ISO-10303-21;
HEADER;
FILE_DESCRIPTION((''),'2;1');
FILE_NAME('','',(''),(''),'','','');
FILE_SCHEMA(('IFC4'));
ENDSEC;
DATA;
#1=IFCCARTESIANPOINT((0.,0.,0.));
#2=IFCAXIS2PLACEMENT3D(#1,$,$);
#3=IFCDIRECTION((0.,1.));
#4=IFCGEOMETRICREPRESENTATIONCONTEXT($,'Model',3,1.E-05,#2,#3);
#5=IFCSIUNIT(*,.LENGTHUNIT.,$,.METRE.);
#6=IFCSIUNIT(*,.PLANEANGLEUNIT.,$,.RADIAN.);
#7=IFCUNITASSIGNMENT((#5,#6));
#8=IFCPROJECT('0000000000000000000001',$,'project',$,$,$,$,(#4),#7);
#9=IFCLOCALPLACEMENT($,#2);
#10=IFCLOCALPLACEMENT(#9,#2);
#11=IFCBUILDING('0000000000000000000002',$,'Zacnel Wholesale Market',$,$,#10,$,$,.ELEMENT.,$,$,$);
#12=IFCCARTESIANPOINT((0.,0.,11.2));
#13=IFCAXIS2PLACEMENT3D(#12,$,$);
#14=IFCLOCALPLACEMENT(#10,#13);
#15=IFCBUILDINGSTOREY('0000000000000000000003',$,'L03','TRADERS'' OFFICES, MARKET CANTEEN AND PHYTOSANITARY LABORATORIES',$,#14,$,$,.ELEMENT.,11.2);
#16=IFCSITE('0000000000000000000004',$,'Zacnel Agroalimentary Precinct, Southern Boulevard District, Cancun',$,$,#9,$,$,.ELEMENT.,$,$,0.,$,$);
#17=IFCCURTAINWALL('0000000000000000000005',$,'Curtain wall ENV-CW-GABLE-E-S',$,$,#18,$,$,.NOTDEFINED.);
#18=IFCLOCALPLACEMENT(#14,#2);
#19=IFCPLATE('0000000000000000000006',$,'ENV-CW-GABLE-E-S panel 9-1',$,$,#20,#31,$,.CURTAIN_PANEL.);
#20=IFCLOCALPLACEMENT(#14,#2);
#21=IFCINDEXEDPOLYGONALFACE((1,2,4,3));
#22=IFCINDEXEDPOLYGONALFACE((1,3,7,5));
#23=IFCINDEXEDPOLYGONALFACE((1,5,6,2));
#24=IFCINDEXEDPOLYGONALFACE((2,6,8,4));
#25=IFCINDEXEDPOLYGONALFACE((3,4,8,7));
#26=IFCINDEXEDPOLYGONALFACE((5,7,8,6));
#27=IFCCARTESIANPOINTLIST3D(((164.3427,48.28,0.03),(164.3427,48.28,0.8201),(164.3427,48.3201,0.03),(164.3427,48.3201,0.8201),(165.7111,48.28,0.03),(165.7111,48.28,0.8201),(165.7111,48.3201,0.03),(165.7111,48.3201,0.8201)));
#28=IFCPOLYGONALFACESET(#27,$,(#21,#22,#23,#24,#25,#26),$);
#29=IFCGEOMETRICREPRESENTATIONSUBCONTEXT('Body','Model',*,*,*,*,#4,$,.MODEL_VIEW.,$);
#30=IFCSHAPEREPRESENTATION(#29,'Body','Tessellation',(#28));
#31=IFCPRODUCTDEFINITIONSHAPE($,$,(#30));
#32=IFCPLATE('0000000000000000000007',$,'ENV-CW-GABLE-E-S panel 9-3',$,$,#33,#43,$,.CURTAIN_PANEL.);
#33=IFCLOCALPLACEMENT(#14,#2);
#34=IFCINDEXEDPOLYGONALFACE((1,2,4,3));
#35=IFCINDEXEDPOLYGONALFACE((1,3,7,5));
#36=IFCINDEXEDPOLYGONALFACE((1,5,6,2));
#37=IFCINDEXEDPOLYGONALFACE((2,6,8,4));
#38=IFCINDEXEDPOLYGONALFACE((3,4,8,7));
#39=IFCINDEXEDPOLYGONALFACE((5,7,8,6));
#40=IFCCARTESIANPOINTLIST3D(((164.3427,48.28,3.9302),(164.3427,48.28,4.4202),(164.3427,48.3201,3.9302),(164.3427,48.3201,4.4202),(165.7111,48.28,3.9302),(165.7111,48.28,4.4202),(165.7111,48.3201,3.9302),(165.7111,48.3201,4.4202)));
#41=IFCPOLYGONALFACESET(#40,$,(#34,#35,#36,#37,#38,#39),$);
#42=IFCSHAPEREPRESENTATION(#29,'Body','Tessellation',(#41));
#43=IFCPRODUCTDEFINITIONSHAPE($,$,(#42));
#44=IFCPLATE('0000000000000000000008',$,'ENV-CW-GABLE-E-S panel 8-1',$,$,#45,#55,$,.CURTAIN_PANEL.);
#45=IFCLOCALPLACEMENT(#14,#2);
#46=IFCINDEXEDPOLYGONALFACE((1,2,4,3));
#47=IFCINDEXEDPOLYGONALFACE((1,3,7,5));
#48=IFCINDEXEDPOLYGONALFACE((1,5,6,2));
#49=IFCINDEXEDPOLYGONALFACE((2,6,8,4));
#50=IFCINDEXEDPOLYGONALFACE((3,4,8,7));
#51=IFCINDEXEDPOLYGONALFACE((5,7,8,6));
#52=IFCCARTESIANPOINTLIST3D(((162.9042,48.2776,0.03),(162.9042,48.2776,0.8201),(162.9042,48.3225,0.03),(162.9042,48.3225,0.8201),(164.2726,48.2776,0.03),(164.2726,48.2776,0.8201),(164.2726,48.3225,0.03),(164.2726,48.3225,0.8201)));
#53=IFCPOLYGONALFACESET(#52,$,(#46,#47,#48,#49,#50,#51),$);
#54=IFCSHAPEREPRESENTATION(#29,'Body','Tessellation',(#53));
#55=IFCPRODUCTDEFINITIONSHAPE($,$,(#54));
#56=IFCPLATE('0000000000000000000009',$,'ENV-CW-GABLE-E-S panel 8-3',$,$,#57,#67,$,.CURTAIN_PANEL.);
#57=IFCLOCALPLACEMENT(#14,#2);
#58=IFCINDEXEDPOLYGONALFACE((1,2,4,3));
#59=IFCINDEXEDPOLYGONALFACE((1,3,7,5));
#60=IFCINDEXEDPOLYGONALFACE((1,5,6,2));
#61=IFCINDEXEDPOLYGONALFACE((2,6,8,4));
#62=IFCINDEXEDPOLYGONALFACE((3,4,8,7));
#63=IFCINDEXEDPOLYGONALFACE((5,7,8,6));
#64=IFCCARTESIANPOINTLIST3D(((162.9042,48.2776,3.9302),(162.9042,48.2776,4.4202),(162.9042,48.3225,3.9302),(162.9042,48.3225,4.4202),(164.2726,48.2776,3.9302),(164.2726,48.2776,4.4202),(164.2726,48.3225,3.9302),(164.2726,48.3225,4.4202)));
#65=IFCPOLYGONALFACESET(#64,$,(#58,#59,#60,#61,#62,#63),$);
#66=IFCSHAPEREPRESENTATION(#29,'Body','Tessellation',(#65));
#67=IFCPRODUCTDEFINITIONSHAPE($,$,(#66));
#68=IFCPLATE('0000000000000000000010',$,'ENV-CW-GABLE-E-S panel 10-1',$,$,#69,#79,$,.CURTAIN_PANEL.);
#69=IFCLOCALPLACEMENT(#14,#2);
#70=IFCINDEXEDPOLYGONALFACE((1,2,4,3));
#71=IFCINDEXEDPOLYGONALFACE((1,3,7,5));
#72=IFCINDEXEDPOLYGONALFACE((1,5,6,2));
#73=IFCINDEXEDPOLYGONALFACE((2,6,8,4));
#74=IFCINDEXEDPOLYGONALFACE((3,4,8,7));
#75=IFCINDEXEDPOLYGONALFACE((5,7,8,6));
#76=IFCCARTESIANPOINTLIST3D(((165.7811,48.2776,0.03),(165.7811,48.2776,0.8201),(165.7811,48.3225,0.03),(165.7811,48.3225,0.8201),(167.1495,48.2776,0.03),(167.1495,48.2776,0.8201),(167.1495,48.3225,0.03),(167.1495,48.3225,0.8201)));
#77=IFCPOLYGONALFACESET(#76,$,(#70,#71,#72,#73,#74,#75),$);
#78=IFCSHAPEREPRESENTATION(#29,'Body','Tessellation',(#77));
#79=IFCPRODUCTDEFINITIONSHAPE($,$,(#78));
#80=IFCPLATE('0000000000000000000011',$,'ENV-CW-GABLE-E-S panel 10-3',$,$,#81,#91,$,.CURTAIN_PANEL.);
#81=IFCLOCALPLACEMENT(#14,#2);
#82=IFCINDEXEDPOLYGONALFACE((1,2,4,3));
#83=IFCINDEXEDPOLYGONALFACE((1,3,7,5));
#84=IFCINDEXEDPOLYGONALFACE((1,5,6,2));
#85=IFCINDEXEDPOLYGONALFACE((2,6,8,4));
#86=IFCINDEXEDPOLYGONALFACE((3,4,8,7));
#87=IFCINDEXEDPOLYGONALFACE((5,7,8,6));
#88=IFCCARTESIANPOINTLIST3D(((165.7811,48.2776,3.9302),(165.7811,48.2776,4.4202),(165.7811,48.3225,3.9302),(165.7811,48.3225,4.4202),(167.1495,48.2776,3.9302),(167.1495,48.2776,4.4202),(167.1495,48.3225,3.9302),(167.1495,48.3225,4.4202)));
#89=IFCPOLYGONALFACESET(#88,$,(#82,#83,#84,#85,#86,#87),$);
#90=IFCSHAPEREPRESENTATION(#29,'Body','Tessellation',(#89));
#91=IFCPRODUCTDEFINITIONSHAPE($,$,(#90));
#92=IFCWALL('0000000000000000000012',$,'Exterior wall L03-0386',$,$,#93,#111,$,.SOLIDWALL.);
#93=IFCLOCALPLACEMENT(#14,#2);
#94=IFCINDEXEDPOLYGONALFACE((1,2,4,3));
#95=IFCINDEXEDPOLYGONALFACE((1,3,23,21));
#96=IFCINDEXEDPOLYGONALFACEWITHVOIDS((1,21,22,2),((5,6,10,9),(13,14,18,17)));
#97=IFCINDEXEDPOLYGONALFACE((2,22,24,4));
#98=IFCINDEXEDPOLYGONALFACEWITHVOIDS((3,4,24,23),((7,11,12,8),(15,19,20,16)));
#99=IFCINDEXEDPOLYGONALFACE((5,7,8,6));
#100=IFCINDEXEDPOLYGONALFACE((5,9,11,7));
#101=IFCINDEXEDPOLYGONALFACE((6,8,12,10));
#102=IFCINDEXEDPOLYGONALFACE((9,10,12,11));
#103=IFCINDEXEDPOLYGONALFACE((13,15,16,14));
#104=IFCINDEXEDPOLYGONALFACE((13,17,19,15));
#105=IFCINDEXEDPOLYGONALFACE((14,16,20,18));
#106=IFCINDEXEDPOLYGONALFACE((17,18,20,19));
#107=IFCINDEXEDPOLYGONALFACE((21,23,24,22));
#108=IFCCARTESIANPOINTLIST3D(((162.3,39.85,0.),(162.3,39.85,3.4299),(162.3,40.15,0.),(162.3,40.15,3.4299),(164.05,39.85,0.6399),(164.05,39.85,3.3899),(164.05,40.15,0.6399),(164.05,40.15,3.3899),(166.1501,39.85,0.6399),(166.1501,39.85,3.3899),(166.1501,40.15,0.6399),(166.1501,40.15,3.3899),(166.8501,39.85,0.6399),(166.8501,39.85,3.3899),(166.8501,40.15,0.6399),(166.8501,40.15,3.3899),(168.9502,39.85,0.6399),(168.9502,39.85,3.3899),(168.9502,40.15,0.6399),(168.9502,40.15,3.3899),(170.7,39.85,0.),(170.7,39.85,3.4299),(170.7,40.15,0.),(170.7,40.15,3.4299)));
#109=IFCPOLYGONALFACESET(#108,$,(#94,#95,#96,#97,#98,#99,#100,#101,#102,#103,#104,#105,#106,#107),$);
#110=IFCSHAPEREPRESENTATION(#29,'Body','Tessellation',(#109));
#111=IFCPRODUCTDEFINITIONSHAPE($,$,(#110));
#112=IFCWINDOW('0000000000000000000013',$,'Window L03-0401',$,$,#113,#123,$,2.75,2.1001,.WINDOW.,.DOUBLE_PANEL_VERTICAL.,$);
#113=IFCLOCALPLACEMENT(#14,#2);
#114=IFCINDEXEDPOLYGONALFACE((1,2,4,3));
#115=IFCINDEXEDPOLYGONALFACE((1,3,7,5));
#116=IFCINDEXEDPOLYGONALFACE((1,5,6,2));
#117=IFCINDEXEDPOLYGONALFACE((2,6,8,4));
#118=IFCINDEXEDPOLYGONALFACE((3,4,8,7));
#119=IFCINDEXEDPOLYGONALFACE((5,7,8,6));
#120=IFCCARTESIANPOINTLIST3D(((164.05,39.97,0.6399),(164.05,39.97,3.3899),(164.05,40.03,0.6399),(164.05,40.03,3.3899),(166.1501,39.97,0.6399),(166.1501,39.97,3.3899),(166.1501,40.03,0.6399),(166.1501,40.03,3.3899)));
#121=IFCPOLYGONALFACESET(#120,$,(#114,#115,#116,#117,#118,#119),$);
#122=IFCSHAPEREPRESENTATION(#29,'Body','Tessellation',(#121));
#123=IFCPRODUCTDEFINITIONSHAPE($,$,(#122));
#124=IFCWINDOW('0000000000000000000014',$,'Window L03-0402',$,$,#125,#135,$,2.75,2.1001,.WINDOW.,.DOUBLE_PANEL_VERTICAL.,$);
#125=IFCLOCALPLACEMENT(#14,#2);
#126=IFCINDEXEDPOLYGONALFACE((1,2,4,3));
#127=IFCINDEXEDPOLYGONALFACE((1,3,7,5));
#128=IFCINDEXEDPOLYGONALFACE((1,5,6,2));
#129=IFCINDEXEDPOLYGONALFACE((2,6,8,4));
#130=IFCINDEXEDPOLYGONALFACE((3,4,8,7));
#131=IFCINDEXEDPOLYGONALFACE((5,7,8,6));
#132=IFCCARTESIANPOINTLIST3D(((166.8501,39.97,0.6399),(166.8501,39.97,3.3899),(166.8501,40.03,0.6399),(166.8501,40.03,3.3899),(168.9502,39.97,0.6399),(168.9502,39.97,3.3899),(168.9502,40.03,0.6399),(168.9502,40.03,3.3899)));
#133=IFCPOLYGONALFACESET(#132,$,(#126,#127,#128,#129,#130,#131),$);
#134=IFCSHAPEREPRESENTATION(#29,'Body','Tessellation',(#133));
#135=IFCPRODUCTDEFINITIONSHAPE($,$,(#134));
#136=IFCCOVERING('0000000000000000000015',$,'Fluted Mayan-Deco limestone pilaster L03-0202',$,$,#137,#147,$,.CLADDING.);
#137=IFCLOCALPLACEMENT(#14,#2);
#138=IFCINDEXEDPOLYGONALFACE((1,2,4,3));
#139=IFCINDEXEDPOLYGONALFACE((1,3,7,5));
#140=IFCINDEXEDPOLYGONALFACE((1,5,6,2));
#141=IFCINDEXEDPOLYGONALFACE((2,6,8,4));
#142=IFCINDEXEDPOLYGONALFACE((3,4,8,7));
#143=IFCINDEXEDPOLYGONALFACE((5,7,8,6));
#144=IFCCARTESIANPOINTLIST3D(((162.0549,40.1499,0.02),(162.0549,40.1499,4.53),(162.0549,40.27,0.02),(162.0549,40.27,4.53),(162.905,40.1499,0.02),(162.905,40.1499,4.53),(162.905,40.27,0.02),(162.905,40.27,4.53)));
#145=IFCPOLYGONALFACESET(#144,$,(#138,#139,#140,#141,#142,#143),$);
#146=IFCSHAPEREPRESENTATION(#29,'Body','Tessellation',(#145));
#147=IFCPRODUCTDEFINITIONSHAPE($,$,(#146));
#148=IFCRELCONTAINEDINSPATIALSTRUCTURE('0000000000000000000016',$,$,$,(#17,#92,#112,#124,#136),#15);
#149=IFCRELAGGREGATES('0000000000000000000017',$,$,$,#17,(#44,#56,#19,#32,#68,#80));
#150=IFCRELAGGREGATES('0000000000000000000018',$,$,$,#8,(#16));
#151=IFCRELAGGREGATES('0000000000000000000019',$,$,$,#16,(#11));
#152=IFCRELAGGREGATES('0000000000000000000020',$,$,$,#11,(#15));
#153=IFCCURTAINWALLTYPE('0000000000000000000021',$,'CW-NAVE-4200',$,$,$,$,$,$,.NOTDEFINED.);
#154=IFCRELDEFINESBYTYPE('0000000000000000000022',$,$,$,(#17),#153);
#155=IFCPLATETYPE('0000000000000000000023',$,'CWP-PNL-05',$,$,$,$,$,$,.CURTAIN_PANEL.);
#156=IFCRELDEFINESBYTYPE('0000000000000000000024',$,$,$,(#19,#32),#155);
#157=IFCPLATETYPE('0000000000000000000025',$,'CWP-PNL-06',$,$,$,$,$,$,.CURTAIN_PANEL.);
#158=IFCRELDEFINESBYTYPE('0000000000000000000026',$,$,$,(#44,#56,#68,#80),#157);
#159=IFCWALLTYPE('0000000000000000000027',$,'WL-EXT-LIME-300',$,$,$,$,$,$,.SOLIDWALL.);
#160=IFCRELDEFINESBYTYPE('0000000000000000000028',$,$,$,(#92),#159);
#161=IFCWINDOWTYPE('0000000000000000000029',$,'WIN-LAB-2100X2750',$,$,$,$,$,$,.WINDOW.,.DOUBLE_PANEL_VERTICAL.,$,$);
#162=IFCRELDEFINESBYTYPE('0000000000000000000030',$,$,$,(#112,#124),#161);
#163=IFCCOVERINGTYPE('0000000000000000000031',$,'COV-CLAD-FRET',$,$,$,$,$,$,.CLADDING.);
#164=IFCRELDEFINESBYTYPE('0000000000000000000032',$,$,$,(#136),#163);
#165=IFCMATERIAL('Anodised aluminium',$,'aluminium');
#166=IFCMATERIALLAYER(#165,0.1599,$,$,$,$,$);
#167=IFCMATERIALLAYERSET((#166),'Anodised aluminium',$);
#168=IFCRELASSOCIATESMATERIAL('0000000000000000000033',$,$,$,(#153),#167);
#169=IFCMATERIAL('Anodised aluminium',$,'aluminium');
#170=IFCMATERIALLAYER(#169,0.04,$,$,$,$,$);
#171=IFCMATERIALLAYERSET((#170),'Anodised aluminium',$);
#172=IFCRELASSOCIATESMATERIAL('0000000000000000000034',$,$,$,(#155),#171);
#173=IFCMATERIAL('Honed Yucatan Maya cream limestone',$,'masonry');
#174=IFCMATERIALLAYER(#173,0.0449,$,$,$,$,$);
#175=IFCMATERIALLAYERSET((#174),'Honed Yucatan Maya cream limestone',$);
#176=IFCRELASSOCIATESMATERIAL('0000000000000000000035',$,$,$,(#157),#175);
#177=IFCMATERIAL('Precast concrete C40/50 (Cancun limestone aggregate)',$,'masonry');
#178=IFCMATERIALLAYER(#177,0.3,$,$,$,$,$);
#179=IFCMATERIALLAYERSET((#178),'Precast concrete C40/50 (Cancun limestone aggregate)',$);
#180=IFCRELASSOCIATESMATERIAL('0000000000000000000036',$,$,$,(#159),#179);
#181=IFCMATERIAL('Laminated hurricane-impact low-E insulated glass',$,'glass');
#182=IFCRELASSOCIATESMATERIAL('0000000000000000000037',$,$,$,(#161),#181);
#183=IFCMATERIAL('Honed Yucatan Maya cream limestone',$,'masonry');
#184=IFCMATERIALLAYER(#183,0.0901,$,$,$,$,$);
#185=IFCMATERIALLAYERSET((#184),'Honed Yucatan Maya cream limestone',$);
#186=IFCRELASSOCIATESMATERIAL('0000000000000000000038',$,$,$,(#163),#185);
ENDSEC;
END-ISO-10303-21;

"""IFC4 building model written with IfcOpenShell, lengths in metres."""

from ifc_helpers import new_model, si_unit, direction, frame, frame_2d, origin, origin_2d, place, context, subcontext, project, spatial, rectangle, extrude, material, layer, layer_set, type_object, element, fill, aggregate, save


model = new_model("IFC4")

# Units and contexts
model_context = context("Model", 3, precision=1e-05, world=origin(), true_north=direction((0.0, 1.0)))
body_context = subcontext(model_context, "Body", "Model", "MODEL_VIEW")
ifc_project = project(units=[si_unit("LENGTHUNIT", "METRE"), si_unit("PLANEANGLEUNIT", "RADIAN")], contexts=[model_context])

# Site, building, storey
site_placement = place(None, origin())
site = spatial("IfcSite", under=ifc_project, at=site_placement, Name="Zacnel Agroalimentary Precinct, Southern Boulevard District, Cancun", CompositionType="ELEMENT", RefElevation=0.0)
building_placement = place(site_placement, origin())
building = spatial("IfcBuilding", under=site, at=building_placement, Name="Zacnel Wholesale Market", CompositionType="ELEMENT")
storey_placement = place(building_placement, frame((0.0, 0.0, 11.2)))
storey = spatial("IfcBuildingStorey", under=building, at=storey_placement, Name="L03", Description="TRADERS' OFFICES, MARKET CANTEEN AND PHYTOSANITARY LABORATORIES", CompositionType="ELEMENT", Elevation=11.2)

# Curtain wall, plates
ifc_material_1 = material(Name="Anodised aluminium", Category="aluminium")
ifc_layer_1 = layer(ifc_material_1, 0.1599)
ifc_layer_set_1 = layer_set([ifc_layer_1], Name="Anodised aluminium")
curtain_wall_type = type_object("IfcCurtainWallType", Name="CW-NAVE-4200", PredefinedType="NOTDEFINED", material=ifc_layer_set_1)
curtain_wall_placement = place(storey_placement, origin())
curtain_wall = element("IfcCurtainWall", 1, at=curtain_wall_placement, inside=storey, type_object=curtain_wall_type, Name="Curtain wall ENV-CW-GABLE-E-S", PredefinedType="NOTDEFINED")
ifc_material_2 = material(Name="Anodised aluminium", Category="aluminium")
ifc_layer_2 = layer(ifc_material_2, 0.04)
ifc_layer_set_2 = layer_set([ifc_layer_2], Name="Anodised aluminium")
plate_type_1 = type_object("IfcPlateType", Name="CWP-PNL-05", PredefinedType="CURTAIN_PANEL", material=ifc_layer_set_2)
plate_1_placement = place(storey_placement, frame((165.0269, 48.3, 0.03), z_axis=(0.0, 0.0, 1.0), x_axis=(1.0, 0.0, 0.0)))
plate_1 = element("IfcPlate", 2, at=plate_1_placement, type_object=plate_type_1, Name="ENV-CW-GABLE-E-S panel 9-1", PredefinedType="CURTAIN_PANEL", context=body_context, shape_type="SweptSolid", body=[
    extrude(rectangle(XDim=1.3684, YDim=0.04, at=origin_2d()), origin(), (0.0, 0.0, 1.0), 0.79),
])
plate_2_placement = place(storey_placement, frame((165.0269, 48.3, 3.9302), z_axis=(0.0, 0.0, 1.0), x_axis=(1.0, 0.0, 0.0)))
plate_2 = element("IfcPlate", 3, at=plate_2_placement, type_object=plate_type_1, Name="ENV-CW-GABLE-E-S panel 9-3", PredefinedType="CURTAIN_PANEL", context=body_context, shape_type="SweptSolid", body=[
    extrude(rectangle(XDim=1.3684, YDim=0.04, at=origin_2d()), origin(), (0.0, 0.0, 1.0), 0.49),
])
ifc_material_3 = material(Name="Honed Yucatan Maya cream limestone", Category="masonry")
ifc_layer_3 = layer(ifc_material_3, 0.0449)
ifc_layer_set_3 = layer_set([ifc_layer_3], Name="Honed Yucatan Maya cream limestone")
plate_type_2 = type_object("IfcPlateType", Name="CWP-PNL-06", PredefinedType="CURTAIN_PANEL", material=ifc_layer_set_3)
plate_3_placement = place(storey_placement, frame((163.5884, 48.3, 0.03), z_axis=(0.0, 0.0, 1.0), x_axis=(1.0, 0.0, 0.0)))
plate_3 = element("IfcPlate", 4, at=plate_3_placement, type_object=plate_type_2, Name="ENV-CW-GABLE-E-S panel 8-1", PredefinedType="CURTAIN_PANEL", context=body_context, shape_type="SweptSolid", body=[
    extrude(rectangle(XDim=1.3684, YDim=0.0449, at=origin_2d()), origin(), (0.0, 0.0, 1.0), 0.79),
])
plate_4_placement = place(storey_placement, frame((163.5884, 48.3, 3.9302), z_axis=(0.0, 0.0, 1.0), x_axis=(1.0, 0.0, 0.0)))
plate_4 = element("IfcPlate", 5, at=plate_4_placement, type_object=plate_type_2, Name="ENV-CW-GABLE-E-S panel 8-3", PredefinedType="CURTAIN_PANEL", context=body_context, shape_type="SweptSolid", body=[
    extrude(rectangle(XDim=1.3684, YDim=0.0449, at=origin_2d()), origin(), (0.0, 0.0, 1.0), 0.49),
])
plate_5_placement = place(storey_placement, frame((166.4653, 48.3, 0.03), z_axis=(0.0, 0.0, 1.0), x_axis=(1.0, 0.0, 0.0)))
plate_5 = element("IfcPlate", 6, at=plate_5_placement, type_object=plate_type_2, Name="ENV-CW-GABLE-E-S panel 10-1", PredefinedType="CURTAIN_PANEL", context=body_context, shape_type="SweptSolid", body=[
    extrude(rectangle(XDim=1.3684, YDim=0.0449, at=origin_2d()), origin(), (0.0, 0.0, 1.0), 0.79),
])
plate_6_placement = place(storey_placement, frame((166.4653, 48.3, 3.9302), z_axis=(0.0, 0.0, 1.0), x_axis=(1.0, 0.0, 0.0)))
plate_6 = element("IfcPlate", 7, at=plate_6_placement, type_object=plate_type_2, Name="ENV-CW-GABLE-E-S panel 10-3", PredefinedType="CURTAIN_PANEL", context=body_context, shape_type="SweptSolid", body=[
    extrude(rectangle(XDim=1.3684, YDim=0.0449, at=origin_2d()), origin(), (0.0, 0.0, 1.0), 0.49),
])
aggregate(curtain_wall, [plate_3, plate_4, plate_1, plate_2, plate_5, plate_6])

# Wall, openings, windows
ifc_material_4 = material(Name="Precast concrete C40/50 (Cancun limestone aggregate)", Category="masonry")
ifc_layer_4 = layer(ifc_material_4, 0.3)
ifc_layer_set_4 = layer_set([ifc_layer_4], Name="Precast concrete C40/50 (Cancun limestone aggregate)")
wall_type = type_object("IfcWallType", Name="WL-EXT-LIME-300", PredefinedType="SOLIDWALL", material=ifc_layer_set_4)
wall_placement = place(storey_placement, frame((162.3, 40.0, 0.0), z_axis=(0.0, 0.0, 1.0), x_axis=(1.0, 0.0, 0.0)))
wall = element("IfcWall", 8, at=wall_placement, inside=storey, type_object=wall_type, Name="Exterior wall L03-0386", PredefinedType="SOLIDWALL", context=body_context, shape_type="SweptSolid", body=[
    extrude(rectangle(XDim=8.3999, YDim=0.3, at=frame_2d((4.2, 0.0))), origin(), (0.0, 0.0, 1.0), 3.4299),
])
opening_1_placement = place(wall_placement, frame((1.75, 0.0, 0.6399)))
opening_1 = element("IfcOpeningElement", 9, at=opening_1_placement, cuts=wall, PredefinedType="OPENING", context=body_context, shape_type="SweptSolid", body=[
    extrude(rectangle(XDim=2.1001, YDim=2.75, at=frame_2d((1.05, 1.375))), frame((0.0, 0.1599, 0.0), z_axis=(0.0, -1.0, 0.0), x_axis=(1.0, 0.0, 0.0)), (0.0, 0.0, 1.0), 0.3201),
])
opening_2_placement = place(wall_placement, frame((4.55, 0.0, 0.6399)))
opening_2 = element("IfcOpeningElement", 10, at=opening_2_placement, cuts=wall, PredefinedType="OPENING", context=body_context, shape_type="SweptSolid", body=[
    extrude(rectangle(XDim=2.1001, YDim=2.75, at=frame_2d((1.05, 1.375))), frame((0.0, 0.1599, 0.0), z_axis=(0.0, -1.0, 0.0), x_axis=(1.0, 0.0, 0.0)), (0.0, 0.0, 1.0), 0.3201),
])
ifc_material_5 = material(Name="Laminated hurricane-impact low-E insulated glass", Category="glass")
window_type = type_object("IfcWindowType", Name="WIN-LAB-2100X2750", PartitioningType="DOUBLE_PANEL_VERTICAL", PredefinedType="WINDOW", material=ifc_material_5)
window_1_placement = place(opening_1_placement, origin())
window_1 = element("IfcWindow", 11, at=window_1_placement, inside=storey, type_object=window_type, Name="Window L03-0401", OverallHeight=2.75, OverallWidth=2.1001, PartitioningType="DOUBLE_PANEL_VERTICAL", PredefinedType="WINDOW", context=body_context, shape_type="SweptSolid", body=[
    extrude(rectangle(XDim=2.1001, YDim=2.75, at=frame_2d((1.05, 1.375))), frame((0.0, 0.03, 0.0), z_axis=(0.0, -1.0, 0.0), x_axis=(1.0, 0.0, 0.0)), (0.0, 0.0, 1.0), 0.0601),
])
fill(opening_1, window_1)
window_2_placement = place(opening_2_placement, origin())
window_2 = element("IfcWindow", 12, at=window_2_placement, inside=storey, type_object=window_type, Name="Window L03-0402", OverallHeight=2.75, OverallWidth=2.1001, PartitioningType="DOUBLE_PANEL_VERTICAL", PredefinedType="WINDOW", context=body_context, shape_type="SweptSolid", body=[
    extrude(rectangle(XDim=2.1001, YDim=2.75, at=frame_2d((1.05, 1.375))), frame((0.0, 0.03, 0.0), z_axis=(0.0, -1.0, 0.0), x_axis=(1.0, 0.0, 0.0)), (0.0, 0.0, 1.0), 0.0601),
])
fill(opening_2, window_2)

# Covering
ifc_material_6 = material(Name="Honed Yucatan Maya cream limestone", Category="masonry")
ifc_layer_5 = layer(ifc_material_6, 0.0901)
ifc_layer_set_5 = layer_set([ifc_layer_5], Name="Honed Yucatan Maya cream limestone")
covering_type = type_object("IfcCoveringType", Name="COV-CLAD-FRET", PredefinedType="CLADDING", material=ifc_layer_set_5)
covering_placement = place(storey_placement, frame((162.48, 40.21, 0.02), z_axis=(0.0, 0.0, 1.0), x_axis=(1.0, 0.0, 0.0)))
element("IfcCovering", 13, at=covering_placement, inside=storey, type_object=covering_type, Name="Fluted Mayan-Deco limestone pilaster L03-0202", PredefinedType="CLADDING", context=body_context, shape_type="SweptSolid", body=[
    extrude(rectangle(XDim=0.8501, YDim=0.1201, at=origin_2d()), origin(), (0.0, 0.0, 1.0), 4.51),
])

save(model, "model.ifc")
